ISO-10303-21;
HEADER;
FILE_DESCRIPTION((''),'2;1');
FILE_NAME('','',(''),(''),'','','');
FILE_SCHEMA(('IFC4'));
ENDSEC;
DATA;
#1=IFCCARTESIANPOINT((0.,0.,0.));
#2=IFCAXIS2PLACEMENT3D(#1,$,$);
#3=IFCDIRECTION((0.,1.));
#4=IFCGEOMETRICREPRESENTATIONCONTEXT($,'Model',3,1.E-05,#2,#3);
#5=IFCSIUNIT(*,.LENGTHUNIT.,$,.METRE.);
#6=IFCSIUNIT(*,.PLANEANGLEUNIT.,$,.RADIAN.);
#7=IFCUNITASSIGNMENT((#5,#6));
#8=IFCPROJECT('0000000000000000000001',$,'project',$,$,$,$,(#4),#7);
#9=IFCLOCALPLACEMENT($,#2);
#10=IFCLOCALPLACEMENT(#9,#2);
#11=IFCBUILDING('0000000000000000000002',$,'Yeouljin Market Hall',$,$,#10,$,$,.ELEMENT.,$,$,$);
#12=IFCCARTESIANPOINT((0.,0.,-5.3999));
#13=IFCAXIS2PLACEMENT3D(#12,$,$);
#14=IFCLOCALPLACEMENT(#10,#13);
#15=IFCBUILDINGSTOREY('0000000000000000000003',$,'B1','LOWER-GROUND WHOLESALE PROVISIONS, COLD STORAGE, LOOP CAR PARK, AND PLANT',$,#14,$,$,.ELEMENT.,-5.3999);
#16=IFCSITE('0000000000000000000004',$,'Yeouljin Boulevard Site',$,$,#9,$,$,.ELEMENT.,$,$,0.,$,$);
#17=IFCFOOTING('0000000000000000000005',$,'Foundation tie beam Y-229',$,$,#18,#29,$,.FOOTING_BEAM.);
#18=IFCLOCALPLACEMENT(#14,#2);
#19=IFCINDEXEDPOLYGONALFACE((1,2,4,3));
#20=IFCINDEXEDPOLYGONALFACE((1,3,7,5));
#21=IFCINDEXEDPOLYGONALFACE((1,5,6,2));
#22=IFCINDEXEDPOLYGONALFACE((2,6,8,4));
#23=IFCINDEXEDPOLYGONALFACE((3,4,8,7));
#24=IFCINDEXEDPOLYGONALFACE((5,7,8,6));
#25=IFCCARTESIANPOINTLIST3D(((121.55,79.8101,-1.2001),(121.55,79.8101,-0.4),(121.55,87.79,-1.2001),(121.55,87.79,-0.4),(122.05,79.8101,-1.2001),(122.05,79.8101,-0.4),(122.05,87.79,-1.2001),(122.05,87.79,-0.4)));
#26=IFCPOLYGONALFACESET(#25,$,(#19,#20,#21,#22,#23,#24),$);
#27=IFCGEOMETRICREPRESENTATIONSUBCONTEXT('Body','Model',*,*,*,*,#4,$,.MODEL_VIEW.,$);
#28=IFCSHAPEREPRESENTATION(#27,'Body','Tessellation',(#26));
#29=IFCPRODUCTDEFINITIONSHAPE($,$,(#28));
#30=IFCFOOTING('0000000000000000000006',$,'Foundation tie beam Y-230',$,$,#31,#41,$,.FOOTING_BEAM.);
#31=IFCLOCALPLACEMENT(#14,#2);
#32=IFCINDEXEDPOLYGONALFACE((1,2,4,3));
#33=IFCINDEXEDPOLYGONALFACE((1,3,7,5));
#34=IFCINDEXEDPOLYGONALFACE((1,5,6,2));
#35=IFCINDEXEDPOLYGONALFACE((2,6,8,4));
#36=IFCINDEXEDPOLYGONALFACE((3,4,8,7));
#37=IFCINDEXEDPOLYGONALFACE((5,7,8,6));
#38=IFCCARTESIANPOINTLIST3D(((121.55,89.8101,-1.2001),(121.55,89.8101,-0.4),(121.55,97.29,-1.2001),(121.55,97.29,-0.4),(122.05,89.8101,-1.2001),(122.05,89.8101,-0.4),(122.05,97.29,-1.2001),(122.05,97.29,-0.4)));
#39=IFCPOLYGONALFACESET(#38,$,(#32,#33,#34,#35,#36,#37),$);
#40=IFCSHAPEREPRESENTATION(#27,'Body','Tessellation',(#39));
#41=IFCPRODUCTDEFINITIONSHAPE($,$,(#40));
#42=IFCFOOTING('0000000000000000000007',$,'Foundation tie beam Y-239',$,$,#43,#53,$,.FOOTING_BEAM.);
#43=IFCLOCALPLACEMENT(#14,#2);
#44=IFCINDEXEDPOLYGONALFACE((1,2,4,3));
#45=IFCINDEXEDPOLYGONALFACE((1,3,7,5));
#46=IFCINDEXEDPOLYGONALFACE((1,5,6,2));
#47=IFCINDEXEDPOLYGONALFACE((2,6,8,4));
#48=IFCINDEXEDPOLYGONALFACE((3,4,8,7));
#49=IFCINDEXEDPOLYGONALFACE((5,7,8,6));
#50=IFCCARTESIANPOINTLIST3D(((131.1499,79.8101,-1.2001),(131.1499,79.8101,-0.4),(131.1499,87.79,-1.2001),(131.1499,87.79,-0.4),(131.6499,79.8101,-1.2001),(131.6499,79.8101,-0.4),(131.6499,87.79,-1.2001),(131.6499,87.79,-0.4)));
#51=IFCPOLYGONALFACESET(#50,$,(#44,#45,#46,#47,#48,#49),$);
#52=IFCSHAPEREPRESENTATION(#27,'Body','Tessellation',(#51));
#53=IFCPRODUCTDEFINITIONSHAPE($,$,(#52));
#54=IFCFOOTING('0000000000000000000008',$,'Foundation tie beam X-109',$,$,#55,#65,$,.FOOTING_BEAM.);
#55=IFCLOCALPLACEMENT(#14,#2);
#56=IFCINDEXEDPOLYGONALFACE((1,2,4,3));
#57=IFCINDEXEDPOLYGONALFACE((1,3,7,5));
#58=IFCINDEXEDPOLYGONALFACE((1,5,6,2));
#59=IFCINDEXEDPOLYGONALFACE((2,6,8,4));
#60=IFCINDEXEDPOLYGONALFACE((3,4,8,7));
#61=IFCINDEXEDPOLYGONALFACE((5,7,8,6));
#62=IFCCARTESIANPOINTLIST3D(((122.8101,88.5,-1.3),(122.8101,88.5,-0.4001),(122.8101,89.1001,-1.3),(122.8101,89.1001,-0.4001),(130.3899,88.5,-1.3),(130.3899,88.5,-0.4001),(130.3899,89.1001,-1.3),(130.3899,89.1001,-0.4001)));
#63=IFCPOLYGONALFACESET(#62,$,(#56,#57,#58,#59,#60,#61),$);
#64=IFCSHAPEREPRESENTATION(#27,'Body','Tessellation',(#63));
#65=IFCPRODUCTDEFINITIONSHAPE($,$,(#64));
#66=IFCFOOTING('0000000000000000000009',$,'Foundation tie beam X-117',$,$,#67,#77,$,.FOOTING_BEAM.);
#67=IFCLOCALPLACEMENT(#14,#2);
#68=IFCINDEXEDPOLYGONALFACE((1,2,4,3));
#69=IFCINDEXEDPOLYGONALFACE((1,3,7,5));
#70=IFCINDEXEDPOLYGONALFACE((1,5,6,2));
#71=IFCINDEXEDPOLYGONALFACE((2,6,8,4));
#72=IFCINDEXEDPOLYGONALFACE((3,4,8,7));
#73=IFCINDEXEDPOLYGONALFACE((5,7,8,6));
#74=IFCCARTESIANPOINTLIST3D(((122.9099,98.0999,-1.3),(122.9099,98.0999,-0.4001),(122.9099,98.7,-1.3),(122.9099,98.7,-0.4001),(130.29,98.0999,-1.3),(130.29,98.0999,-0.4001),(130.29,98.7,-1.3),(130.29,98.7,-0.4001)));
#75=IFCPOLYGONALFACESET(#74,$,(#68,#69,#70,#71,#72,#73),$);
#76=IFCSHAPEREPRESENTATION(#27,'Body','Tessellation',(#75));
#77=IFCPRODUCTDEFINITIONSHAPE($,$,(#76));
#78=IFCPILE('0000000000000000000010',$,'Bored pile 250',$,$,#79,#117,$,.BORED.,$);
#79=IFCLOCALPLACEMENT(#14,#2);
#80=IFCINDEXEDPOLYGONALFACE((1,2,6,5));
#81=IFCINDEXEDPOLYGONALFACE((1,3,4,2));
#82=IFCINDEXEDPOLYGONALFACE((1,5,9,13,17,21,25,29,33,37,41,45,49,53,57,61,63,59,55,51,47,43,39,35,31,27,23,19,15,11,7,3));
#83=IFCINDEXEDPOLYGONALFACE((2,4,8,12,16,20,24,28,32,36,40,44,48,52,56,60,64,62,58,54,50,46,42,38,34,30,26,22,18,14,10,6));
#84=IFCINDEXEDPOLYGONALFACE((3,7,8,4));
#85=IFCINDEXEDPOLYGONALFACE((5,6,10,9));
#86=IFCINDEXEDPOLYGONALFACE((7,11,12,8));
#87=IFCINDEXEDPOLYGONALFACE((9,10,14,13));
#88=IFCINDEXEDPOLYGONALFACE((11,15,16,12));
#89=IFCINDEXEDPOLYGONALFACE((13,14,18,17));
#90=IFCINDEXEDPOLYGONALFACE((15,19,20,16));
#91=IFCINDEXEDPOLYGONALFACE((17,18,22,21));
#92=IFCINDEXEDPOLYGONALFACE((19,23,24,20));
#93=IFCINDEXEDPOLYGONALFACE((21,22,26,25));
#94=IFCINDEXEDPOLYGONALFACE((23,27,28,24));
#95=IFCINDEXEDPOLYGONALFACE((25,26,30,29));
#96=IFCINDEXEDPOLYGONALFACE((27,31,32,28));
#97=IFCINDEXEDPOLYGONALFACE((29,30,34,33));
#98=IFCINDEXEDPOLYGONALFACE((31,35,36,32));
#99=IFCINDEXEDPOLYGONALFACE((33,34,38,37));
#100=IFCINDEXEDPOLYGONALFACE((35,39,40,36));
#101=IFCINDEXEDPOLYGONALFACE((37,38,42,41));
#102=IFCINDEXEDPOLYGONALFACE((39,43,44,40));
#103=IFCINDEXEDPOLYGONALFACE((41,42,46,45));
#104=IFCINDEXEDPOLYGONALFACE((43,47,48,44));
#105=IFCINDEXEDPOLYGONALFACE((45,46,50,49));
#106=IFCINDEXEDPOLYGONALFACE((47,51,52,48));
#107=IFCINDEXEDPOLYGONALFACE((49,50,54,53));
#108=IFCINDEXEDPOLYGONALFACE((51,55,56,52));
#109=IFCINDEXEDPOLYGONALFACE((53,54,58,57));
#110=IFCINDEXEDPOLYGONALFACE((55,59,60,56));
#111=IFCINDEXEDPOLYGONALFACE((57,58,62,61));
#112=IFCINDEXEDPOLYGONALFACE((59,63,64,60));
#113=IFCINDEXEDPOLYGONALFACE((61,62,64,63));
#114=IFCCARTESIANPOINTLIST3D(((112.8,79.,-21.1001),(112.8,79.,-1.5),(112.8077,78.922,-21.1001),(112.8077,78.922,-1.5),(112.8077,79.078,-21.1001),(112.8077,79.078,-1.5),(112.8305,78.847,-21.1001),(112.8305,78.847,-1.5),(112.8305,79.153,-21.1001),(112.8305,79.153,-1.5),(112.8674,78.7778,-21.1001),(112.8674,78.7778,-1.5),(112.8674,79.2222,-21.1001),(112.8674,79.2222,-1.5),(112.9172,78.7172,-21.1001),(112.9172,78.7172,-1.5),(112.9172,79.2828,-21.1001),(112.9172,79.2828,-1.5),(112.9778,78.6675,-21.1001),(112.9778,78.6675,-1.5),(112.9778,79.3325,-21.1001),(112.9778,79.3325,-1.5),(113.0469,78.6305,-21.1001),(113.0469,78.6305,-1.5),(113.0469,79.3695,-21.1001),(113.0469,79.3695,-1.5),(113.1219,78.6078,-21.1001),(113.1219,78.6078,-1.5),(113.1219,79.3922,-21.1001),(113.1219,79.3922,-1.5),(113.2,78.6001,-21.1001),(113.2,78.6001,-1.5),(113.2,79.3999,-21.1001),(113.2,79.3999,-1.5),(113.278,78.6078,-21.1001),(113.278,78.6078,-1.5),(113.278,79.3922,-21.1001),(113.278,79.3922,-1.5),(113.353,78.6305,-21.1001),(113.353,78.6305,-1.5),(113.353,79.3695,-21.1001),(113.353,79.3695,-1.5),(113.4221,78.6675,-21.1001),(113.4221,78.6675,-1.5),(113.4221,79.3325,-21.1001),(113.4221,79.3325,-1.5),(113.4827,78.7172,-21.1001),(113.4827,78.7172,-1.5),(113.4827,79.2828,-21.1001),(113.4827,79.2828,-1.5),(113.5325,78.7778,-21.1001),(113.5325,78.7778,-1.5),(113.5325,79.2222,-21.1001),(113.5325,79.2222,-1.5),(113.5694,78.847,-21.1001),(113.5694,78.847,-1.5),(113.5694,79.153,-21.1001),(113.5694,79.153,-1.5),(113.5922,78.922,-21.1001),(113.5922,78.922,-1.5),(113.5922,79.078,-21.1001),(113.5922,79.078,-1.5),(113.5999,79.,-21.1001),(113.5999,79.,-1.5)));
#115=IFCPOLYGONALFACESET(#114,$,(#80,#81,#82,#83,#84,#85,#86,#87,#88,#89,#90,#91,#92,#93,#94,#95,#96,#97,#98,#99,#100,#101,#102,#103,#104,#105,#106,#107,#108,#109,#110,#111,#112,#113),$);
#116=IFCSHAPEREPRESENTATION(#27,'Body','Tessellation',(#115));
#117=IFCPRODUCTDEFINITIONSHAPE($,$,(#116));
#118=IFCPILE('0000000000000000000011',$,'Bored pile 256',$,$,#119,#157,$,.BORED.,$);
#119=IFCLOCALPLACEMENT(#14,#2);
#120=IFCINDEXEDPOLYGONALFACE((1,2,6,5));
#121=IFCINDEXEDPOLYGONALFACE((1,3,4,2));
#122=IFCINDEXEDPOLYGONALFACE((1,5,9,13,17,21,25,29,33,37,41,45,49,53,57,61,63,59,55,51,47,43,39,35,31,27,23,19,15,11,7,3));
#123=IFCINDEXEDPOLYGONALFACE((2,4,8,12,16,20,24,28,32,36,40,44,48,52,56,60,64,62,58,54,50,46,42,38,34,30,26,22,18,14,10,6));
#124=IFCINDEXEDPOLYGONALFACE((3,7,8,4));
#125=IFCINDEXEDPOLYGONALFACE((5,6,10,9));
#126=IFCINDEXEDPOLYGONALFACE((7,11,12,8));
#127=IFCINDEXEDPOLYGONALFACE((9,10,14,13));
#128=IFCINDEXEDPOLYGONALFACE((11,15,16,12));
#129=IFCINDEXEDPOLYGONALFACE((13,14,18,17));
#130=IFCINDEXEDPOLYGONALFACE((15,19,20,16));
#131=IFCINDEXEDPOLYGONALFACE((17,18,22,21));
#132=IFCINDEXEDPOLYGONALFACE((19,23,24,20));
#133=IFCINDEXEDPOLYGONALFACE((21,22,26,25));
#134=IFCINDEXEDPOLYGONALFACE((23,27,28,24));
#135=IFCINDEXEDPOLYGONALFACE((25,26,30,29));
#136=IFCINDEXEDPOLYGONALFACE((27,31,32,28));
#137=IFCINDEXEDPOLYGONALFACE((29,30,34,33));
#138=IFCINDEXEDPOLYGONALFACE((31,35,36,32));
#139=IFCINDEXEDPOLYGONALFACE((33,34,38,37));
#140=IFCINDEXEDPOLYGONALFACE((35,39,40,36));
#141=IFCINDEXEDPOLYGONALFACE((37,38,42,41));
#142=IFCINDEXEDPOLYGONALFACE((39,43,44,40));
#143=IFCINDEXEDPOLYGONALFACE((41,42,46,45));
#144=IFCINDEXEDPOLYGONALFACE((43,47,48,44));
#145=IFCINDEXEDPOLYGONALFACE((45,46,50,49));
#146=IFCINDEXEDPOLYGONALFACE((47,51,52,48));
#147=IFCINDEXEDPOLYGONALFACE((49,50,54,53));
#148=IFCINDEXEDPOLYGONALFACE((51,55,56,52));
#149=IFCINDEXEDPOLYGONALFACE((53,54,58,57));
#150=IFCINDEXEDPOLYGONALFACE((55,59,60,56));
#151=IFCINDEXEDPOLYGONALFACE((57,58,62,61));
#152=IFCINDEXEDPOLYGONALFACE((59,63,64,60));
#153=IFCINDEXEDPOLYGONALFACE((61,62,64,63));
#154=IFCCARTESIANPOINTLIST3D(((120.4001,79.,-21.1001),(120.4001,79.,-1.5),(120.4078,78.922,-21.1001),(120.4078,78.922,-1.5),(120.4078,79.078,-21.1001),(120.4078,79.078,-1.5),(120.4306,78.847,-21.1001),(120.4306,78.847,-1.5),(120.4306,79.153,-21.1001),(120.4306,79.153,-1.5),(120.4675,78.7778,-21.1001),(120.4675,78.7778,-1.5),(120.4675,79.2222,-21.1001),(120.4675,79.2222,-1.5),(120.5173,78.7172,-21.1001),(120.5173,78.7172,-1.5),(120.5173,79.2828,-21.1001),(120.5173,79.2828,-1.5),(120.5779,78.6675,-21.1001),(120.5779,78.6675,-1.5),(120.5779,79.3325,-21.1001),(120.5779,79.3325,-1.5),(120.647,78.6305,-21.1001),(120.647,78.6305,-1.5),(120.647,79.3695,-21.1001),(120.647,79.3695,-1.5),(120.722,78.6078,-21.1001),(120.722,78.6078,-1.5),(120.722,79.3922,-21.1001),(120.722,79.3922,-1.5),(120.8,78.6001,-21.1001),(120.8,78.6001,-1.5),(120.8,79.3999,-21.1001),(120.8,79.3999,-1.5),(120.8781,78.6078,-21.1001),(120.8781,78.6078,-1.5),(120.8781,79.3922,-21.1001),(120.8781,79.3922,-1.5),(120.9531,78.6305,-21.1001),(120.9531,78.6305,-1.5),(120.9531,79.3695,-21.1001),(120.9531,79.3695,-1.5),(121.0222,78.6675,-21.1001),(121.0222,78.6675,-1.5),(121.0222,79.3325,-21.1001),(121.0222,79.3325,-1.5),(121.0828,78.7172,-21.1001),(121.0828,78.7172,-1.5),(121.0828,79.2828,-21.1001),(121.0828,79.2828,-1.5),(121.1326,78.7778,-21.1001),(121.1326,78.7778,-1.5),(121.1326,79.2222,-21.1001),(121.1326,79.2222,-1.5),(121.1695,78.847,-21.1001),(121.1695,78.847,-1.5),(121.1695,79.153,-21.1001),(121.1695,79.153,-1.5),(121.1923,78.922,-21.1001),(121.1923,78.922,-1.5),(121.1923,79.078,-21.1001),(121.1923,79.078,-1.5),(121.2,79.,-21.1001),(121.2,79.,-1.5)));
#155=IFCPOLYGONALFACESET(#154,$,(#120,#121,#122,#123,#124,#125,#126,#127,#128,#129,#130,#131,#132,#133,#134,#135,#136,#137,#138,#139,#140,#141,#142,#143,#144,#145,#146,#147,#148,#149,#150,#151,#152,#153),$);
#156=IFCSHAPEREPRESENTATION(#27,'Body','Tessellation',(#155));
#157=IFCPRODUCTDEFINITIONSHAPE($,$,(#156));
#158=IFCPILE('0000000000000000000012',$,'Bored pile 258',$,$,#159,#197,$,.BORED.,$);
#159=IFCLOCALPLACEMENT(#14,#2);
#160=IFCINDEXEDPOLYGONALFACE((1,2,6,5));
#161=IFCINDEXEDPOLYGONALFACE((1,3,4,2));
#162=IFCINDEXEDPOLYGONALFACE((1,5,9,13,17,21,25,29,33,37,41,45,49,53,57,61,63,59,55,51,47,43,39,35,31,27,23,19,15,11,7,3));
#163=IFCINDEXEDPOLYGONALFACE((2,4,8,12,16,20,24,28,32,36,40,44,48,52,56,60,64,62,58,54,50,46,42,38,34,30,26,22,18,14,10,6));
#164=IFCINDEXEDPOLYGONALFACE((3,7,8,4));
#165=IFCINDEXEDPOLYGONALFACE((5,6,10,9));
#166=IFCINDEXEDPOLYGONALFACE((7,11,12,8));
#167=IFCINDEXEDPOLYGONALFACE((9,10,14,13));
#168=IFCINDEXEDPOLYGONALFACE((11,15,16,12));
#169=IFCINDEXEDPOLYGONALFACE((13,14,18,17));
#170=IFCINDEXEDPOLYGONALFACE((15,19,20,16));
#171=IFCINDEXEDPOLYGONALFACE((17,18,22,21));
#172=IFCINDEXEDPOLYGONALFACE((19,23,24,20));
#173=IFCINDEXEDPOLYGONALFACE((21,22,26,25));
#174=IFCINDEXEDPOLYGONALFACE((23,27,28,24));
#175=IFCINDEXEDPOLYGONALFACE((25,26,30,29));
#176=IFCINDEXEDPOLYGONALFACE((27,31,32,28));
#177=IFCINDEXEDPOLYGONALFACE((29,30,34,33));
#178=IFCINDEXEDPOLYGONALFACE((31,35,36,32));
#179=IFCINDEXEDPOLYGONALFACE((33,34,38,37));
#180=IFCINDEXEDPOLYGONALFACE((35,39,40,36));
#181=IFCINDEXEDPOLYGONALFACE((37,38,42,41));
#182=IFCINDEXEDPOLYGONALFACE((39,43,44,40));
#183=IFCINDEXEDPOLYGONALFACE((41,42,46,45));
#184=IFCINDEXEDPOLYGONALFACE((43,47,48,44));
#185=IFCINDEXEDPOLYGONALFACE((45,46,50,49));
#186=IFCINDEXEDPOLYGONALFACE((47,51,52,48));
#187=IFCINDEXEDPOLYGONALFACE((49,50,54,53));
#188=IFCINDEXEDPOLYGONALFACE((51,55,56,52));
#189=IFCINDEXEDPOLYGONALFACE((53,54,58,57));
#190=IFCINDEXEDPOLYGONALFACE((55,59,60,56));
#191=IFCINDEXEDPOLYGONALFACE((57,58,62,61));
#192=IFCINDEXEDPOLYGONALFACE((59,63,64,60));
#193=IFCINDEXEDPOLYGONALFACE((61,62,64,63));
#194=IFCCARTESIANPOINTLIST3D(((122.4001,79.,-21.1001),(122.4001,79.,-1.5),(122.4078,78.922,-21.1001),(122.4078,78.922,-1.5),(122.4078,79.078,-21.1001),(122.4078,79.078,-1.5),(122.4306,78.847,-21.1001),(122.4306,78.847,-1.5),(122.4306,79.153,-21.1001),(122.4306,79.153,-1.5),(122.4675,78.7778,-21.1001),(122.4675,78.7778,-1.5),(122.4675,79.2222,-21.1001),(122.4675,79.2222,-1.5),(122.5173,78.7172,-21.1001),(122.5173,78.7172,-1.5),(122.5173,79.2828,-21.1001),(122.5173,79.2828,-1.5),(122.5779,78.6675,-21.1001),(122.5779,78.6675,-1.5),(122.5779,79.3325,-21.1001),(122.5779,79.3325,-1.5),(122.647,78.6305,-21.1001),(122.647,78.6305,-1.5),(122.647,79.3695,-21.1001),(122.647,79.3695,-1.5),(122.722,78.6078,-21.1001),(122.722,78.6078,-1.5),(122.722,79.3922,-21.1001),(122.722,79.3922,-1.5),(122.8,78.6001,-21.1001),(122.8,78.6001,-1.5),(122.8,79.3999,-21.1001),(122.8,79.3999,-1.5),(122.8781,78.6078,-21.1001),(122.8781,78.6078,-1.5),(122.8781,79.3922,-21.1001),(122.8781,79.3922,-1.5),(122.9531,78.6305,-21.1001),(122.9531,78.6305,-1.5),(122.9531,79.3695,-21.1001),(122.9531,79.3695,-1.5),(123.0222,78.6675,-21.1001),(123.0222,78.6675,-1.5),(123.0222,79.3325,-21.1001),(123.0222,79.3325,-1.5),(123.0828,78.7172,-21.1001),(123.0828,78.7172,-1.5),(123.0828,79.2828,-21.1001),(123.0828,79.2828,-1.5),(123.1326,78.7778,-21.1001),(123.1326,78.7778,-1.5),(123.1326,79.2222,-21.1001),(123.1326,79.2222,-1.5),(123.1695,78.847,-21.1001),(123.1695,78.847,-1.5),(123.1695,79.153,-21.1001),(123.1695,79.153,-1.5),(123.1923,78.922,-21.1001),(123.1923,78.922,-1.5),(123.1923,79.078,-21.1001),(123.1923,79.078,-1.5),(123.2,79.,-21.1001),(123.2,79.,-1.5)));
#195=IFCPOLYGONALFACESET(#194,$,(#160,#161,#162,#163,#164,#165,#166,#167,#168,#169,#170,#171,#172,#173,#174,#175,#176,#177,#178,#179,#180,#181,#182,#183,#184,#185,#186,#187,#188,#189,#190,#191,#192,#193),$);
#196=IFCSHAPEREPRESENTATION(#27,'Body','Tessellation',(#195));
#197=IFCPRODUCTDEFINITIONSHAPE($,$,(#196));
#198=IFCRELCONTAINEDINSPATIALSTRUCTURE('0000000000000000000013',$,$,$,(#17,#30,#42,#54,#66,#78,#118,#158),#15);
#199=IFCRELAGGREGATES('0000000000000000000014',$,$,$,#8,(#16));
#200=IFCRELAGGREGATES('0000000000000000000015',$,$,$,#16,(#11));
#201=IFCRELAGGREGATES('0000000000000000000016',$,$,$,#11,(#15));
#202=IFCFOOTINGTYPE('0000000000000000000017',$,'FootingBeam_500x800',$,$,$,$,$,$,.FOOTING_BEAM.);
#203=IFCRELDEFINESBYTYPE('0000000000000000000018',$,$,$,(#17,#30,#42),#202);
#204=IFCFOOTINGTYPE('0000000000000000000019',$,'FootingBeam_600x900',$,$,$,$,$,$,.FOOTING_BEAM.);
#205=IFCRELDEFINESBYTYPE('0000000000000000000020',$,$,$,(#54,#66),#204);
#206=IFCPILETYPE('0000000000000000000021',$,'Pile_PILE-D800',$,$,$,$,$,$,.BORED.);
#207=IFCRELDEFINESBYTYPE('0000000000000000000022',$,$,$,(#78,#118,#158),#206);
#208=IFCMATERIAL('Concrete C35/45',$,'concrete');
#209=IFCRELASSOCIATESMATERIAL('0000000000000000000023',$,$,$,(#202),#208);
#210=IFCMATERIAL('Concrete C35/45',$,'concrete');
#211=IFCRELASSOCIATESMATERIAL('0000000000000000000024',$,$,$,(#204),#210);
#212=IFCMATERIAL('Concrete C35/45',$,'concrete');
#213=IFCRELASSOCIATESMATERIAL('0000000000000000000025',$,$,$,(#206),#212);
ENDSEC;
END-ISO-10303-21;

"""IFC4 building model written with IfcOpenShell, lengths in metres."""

from ifc_helpers import new_model, si_unit, direction, frame, origin, origin_2d, place, context, subcontext, project, spatial, rectangle, circle, extrude, material, material_profile, profile_set, type_object, element, save


model = new_model("IFC4")

# Units and contexts
model_context = context("Model", 3, precision=1e-05, world=origin(), true_north=direction((0.0, 1.0)))
body_context = subcontext(model_context, "Body", "Model", "MODEL_VIEW")
ifc_project = project(units=[si_unit("LENGTHUNIT", "METRE"), si_unit("PLANEANGLEUNIT", "RADIAN")], contexts=[model_context])

# Site, building, storey
site_placement = place(None, origin())
site = spatial("IfcSite", under=ifc_project, at=site_placement, Name="Yeouljin Boulevard Site", CompositionType="ELEMENT", RefElevation=0.0)
building_placement = place(site_placement, origin())
building = spatial("IfcBuilding", under=site, at=building_placement, Name="Yeouljin Market Hall", CompositionType="ELEMENT")
storey_placement = place(building_placement, frame((0.0, 0.0, -5.3999)))
storey = spatial("IfcBuildingStorey", under=building, at=storey_placement, Name="B1", Description="LOWER-GROUND WHOLESALE PROVISIONS, COLD STORAGE, LOOP CAR PARK, AND PLANT", CompositionType="ELEMENT", Elevation=-5.3999)

# Footings
ifc_material_1 = material(Name="Concrete C35/45", Category="concrete")
ifc_material_profile_1 = material_profile(ifc_material_1, rectangle(XDim=0.5, YDim=0.8, at=origin_2d()), Name="RC-500x800")
ifc_profile_set_1 = profile_set([ifc_material_profile_1], Name="Concrete C35/45")
footing_type_1 = type_object("IfcFootingType", Name="FootingBeam_500x800", PredefinedType="FOOTING_BEAM", material=ifc_profile_set_1)
footing_1_placement = place(storey_placement, frame((121.8, 79.8101, -0.8), z_axis=(0.0, 1.0, 0.0), x_axis=(-1.0, 0.0, 0.0)))
element("IfcFooting", 1, at=footing_1_placement, inside=storey, type_object=footing_type_1, Name="Foundation tie beam Y-229", PredefinedType="FOOTING_BEAM", context=body_context, shape_type="SweptSolid", body=[
    extrude(rectangle(XDim=0.5, YDim=0.8, at=origin_2d()), origin(), (0.0, 0.0, 1.0), 7.98),
])
footing_2_placement = place(storey_placement, frame((121.8, 89.8101, -0.8), z_axis=(0.0, 1.0, 0.0), x_axis=(-1.0, 0.0, 0.0)))
element("IfcFooting", 2, at=footing_2_placement, inside=storey, type_object=footing_type_1, Name="Foundation tie beam Y-230", PredefinedType="FOOTING_BEAM", context=body_context, shape_type="SweptSolid", body=[
    extrude(rectangle(XDim=0.5, YDim=0.8, at=origin_2d()), origin(), (0.0, 0.0, 1.0), 7.48),
])
footing_3_placement = place(storey_placement, frame((131.3999, 79.8101, -0.8), z_axis=(0.0, 1.0, 0.0), x_axis=(-1.0, 0.0, 0.0)))
element("IfcFooting", 3, at=footing_3_placement, inside=storey, type_object=footing_type_1, Name="Foundation tie beam Y-239", PredefinedType="FOOTING_BEAM", context=body_context, shape_type="SweptSolid", body=[
    extrude(rectangle(XDim=0.5, YDim=0.8, at=origin_2d()), origin(), (0.0, 0.0, 1.0), 7.98),
])
ifc_material_2 = material(Name="Concrete C35/45", Category="concrete")
ifc_material_profile_2 = material_profile(ifc_material_2, rectangle(XDim=0.6001, YDim=0.8999, at=origin_2d()), Name="RC-600x900")
ifc_profile_set_2 = profile_set([ifc_material_profile_2], Name="Concrete C35/45")
footing_type_2 = type_object("IfcFootingType", Name="FootingBeam_600x900", PredefinedType="FOOTING_BEAM", material=ifc_profile_set_2)
footing_4_placement = place(storey_placement, frame((122.8101, 88.8, -0.8501), z_axis=(1.0, 0.0, 0.0), x_axis=(0.0, 1.0, 0.0)))
element("IfcFooting", 4, at=footing_4_placement, inside=storey, type_object=footing_type_2, Name="Foundation tie beam X-109", PredefinedType="FOOTING_BEAM", context=body_context, shape_type="SweptSolid", body=[
    extrude(rectangle(XDim=0.6001, YDim=0.8999, at=origin_2d()), origin(), (0.0, 0.0, 1.0), 7.5798),
])
footing_5_placement = place(storey_placement, frame((122.9099, 98.3999, -0.8501), z_axis=(1.0, 0.0, 0.0), x_axis=(0.0, 1.0, 0.0)))
element("IfcFooting", 5, at=footing_5_placement, inside=storey, type_object=footing_type_2, Name="Foundation tie beam X-117", PredefinedType="FOOTING_BEAM", context=body_context, shape_type="SweptSolid", body=[
    extrude(rectangle(XDim=0.6001, YDim=0.8999, at=origin_2d()), origin(), (0.0, 0.0, 1.0), 7.3801),
])

# Piles
ifc_material_3 = material(Name="Concrete C35/45", Category="concrete")
ifc_material_profile_3 = material_profile(ifc_material_3, circle(Radius=0.3999, at=origin_2d()), Name="PILE-D800")
ifc_profile_set_3 = profile_set([ifc_material_profile_3], Name="Concrete C35/45")
pile_type = type_object("IfcPileType", Name="Pile_PILE-D800", PredefinedType="BORED", material=ifc_profile_set_3)
for number, where, z_axis, x_axis, name in (
    (6, (113.2, 79.0, -1.5), (0.0, 0.0, -1.0), (1.0, 0.0, 0.0), "Bored pile 250"),
    (7, (120.8, 79.0, -1.5), (0.0, 0.0, -1.0), (1.0, 0.0, 0.0), "Bored pile 256"),
    (8, (122.8, 79.0, -1.5), (0.0, 0.0, -1.0), (1.0, 0.0, 0.0), "Bored pile 258"),
):
    element("IfcPile", number, at=place(storey_placement, frame(where, z_axis=z_axis, x_axis=x_axis)), inside=storey, type_object=pile_type, Name=name, PredefinedType="BORED", context=body_context, shape_type="SweptSolid", body=[
        extrude(circle(Radius=0.3999, at=origin_2d()), origin(), (0.0, 0.0, 1.0), 19.6001),
    ])

save(model, "model.ifc")
